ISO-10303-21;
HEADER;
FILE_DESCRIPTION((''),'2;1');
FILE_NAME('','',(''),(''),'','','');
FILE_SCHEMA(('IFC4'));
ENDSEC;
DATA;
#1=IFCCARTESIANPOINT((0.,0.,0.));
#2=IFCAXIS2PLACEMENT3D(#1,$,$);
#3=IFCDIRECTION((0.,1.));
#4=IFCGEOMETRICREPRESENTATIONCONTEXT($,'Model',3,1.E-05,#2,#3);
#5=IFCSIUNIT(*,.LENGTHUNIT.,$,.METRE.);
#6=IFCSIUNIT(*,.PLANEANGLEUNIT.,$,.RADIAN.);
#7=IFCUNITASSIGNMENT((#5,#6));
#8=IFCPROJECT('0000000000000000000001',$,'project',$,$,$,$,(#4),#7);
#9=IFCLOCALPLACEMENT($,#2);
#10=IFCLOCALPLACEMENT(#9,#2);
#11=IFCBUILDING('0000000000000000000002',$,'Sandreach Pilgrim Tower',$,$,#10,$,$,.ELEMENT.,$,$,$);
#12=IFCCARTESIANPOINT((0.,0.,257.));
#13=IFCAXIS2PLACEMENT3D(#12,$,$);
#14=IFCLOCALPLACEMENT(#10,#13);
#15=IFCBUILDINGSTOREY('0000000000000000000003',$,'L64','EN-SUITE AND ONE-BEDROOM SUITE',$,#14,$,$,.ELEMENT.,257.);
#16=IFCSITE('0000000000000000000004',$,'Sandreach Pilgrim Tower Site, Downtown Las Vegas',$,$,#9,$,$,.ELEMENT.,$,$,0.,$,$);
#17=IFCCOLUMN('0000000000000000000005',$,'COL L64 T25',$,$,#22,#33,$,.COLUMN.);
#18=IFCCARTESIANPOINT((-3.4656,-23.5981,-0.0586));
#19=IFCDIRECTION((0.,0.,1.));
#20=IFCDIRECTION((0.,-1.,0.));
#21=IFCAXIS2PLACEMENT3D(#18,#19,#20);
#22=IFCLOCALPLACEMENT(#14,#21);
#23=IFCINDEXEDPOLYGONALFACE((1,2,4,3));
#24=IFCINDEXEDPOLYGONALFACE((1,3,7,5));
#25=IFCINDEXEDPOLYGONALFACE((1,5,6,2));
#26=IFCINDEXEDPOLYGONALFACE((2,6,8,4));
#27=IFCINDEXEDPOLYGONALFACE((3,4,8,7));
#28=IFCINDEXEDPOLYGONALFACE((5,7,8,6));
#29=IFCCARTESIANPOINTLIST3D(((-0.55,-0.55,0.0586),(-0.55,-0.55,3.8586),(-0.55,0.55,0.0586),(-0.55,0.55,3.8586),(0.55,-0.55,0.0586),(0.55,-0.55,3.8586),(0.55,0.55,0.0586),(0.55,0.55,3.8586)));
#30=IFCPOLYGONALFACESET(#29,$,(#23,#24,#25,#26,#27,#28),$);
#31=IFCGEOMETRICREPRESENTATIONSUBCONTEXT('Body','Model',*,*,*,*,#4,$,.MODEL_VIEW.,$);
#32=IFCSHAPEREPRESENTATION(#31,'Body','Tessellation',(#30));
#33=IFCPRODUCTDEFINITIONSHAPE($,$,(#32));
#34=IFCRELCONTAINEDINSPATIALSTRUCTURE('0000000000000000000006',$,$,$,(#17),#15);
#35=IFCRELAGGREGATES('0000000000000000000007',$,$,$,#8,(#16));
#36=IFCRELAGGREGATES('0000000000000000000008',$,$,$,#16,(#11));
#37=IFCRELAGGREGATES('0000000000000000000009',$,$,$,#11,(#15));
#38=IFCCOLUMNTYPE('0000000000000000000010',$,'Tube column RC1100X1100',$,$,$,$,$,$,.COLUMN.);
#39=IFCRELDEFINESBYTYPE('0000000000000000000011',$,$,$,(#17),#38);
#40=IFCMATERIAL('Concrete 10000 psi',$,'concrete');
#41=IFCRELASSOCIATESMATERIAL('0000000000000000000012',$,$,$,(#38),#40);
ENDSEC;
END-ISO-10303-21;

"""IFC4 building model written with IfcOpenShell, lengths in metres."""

from ifc_helpers import new_model, si_unit, direction, frame, origin, origin_2d, place, context, subcontext, project, spatial, rectangle, extrude, clip, halfspace, material, material_profile, profile_set, type_object, element, save


model = new_model("IFC4")

# Units and contexts
model_context = context("Model", 3, precision=1e-05, world=origin(), true_north=direction((0.0, 1.0)))
body_context = subcontext(model_context, "Body", "Model", "MODEL_VIEW")
ifc_project = project(units=[si_unit("LENGTHUNIT", "METRE"), si_unit("PLANEANGLEUNIT", "RADIAN")], contexts=[model_context])

# Site, building, storey
site_placement = place(None, origin())
site = spatial("IfcSite", under=ifc_project, at=site_placement, Name="Sandreach Pilgrim Tower Site, Downtown Las Vegas", CompositionType="ELEMENT", RefElevation=0.0)
building_placement = place(site_placement, origin())
building = spatial("IfcBuilding", under=site, at=building_placement, Name="Sandreach Pilgrim Tower", CompositionType="ELEMENT")
storey_placement = place(building_placement, frame((0.0, 0.0, 257.0)))
storey = spatial("IfcBuildingStorey", under=building, at=storey_placement, Name="L64", Description="EN-SUITE AND ONE-BEDROOM SUITE", CompositionType="ELEMENT", Elevation=257.0)

# Column
ifc_material_1 = material(Name="Concrete 10000 psi", Category="concrete")
ifc_material_profile_1 = material_profile(ifc_material_1, rectangle(XDim=1.1001, YDim=1.1001, at=origin_2d()), Name="RC1100X1100")
ifc_profile_set_1 = profile_set([ifc_material_profile_1], Name="Concrete 10000 psi")
column_type = type_object("IfcColumnType", Name="Tube column RC1100X1100", PredefinedType="COLUMN", material=ifc_profile_set_1)
column_placement = place(storey_placement, frame((-3.4656, -23.5981, -0.0586), z_axis=(0.0, 0.0, 1.0), x_axis=(0.0, -1.0, 0.0)))
element("IfcColumn", 1, at=column_placement, inside=storey, type_object=column_type, Name="COL L64 T25", PredefinedType="COLUMN", context=body_context, shape_type="SweptSolid", body=[
    clip(extrude(rectangle(XDim=1.1001, YDim=1.1001, at=origin_2d()), origin(), (0.0, 0.0, 1.0), 3.8586), halfspace(frame((0.0, 0.0, 0.0586)), True)),
])

save(model, "model.ifc")
